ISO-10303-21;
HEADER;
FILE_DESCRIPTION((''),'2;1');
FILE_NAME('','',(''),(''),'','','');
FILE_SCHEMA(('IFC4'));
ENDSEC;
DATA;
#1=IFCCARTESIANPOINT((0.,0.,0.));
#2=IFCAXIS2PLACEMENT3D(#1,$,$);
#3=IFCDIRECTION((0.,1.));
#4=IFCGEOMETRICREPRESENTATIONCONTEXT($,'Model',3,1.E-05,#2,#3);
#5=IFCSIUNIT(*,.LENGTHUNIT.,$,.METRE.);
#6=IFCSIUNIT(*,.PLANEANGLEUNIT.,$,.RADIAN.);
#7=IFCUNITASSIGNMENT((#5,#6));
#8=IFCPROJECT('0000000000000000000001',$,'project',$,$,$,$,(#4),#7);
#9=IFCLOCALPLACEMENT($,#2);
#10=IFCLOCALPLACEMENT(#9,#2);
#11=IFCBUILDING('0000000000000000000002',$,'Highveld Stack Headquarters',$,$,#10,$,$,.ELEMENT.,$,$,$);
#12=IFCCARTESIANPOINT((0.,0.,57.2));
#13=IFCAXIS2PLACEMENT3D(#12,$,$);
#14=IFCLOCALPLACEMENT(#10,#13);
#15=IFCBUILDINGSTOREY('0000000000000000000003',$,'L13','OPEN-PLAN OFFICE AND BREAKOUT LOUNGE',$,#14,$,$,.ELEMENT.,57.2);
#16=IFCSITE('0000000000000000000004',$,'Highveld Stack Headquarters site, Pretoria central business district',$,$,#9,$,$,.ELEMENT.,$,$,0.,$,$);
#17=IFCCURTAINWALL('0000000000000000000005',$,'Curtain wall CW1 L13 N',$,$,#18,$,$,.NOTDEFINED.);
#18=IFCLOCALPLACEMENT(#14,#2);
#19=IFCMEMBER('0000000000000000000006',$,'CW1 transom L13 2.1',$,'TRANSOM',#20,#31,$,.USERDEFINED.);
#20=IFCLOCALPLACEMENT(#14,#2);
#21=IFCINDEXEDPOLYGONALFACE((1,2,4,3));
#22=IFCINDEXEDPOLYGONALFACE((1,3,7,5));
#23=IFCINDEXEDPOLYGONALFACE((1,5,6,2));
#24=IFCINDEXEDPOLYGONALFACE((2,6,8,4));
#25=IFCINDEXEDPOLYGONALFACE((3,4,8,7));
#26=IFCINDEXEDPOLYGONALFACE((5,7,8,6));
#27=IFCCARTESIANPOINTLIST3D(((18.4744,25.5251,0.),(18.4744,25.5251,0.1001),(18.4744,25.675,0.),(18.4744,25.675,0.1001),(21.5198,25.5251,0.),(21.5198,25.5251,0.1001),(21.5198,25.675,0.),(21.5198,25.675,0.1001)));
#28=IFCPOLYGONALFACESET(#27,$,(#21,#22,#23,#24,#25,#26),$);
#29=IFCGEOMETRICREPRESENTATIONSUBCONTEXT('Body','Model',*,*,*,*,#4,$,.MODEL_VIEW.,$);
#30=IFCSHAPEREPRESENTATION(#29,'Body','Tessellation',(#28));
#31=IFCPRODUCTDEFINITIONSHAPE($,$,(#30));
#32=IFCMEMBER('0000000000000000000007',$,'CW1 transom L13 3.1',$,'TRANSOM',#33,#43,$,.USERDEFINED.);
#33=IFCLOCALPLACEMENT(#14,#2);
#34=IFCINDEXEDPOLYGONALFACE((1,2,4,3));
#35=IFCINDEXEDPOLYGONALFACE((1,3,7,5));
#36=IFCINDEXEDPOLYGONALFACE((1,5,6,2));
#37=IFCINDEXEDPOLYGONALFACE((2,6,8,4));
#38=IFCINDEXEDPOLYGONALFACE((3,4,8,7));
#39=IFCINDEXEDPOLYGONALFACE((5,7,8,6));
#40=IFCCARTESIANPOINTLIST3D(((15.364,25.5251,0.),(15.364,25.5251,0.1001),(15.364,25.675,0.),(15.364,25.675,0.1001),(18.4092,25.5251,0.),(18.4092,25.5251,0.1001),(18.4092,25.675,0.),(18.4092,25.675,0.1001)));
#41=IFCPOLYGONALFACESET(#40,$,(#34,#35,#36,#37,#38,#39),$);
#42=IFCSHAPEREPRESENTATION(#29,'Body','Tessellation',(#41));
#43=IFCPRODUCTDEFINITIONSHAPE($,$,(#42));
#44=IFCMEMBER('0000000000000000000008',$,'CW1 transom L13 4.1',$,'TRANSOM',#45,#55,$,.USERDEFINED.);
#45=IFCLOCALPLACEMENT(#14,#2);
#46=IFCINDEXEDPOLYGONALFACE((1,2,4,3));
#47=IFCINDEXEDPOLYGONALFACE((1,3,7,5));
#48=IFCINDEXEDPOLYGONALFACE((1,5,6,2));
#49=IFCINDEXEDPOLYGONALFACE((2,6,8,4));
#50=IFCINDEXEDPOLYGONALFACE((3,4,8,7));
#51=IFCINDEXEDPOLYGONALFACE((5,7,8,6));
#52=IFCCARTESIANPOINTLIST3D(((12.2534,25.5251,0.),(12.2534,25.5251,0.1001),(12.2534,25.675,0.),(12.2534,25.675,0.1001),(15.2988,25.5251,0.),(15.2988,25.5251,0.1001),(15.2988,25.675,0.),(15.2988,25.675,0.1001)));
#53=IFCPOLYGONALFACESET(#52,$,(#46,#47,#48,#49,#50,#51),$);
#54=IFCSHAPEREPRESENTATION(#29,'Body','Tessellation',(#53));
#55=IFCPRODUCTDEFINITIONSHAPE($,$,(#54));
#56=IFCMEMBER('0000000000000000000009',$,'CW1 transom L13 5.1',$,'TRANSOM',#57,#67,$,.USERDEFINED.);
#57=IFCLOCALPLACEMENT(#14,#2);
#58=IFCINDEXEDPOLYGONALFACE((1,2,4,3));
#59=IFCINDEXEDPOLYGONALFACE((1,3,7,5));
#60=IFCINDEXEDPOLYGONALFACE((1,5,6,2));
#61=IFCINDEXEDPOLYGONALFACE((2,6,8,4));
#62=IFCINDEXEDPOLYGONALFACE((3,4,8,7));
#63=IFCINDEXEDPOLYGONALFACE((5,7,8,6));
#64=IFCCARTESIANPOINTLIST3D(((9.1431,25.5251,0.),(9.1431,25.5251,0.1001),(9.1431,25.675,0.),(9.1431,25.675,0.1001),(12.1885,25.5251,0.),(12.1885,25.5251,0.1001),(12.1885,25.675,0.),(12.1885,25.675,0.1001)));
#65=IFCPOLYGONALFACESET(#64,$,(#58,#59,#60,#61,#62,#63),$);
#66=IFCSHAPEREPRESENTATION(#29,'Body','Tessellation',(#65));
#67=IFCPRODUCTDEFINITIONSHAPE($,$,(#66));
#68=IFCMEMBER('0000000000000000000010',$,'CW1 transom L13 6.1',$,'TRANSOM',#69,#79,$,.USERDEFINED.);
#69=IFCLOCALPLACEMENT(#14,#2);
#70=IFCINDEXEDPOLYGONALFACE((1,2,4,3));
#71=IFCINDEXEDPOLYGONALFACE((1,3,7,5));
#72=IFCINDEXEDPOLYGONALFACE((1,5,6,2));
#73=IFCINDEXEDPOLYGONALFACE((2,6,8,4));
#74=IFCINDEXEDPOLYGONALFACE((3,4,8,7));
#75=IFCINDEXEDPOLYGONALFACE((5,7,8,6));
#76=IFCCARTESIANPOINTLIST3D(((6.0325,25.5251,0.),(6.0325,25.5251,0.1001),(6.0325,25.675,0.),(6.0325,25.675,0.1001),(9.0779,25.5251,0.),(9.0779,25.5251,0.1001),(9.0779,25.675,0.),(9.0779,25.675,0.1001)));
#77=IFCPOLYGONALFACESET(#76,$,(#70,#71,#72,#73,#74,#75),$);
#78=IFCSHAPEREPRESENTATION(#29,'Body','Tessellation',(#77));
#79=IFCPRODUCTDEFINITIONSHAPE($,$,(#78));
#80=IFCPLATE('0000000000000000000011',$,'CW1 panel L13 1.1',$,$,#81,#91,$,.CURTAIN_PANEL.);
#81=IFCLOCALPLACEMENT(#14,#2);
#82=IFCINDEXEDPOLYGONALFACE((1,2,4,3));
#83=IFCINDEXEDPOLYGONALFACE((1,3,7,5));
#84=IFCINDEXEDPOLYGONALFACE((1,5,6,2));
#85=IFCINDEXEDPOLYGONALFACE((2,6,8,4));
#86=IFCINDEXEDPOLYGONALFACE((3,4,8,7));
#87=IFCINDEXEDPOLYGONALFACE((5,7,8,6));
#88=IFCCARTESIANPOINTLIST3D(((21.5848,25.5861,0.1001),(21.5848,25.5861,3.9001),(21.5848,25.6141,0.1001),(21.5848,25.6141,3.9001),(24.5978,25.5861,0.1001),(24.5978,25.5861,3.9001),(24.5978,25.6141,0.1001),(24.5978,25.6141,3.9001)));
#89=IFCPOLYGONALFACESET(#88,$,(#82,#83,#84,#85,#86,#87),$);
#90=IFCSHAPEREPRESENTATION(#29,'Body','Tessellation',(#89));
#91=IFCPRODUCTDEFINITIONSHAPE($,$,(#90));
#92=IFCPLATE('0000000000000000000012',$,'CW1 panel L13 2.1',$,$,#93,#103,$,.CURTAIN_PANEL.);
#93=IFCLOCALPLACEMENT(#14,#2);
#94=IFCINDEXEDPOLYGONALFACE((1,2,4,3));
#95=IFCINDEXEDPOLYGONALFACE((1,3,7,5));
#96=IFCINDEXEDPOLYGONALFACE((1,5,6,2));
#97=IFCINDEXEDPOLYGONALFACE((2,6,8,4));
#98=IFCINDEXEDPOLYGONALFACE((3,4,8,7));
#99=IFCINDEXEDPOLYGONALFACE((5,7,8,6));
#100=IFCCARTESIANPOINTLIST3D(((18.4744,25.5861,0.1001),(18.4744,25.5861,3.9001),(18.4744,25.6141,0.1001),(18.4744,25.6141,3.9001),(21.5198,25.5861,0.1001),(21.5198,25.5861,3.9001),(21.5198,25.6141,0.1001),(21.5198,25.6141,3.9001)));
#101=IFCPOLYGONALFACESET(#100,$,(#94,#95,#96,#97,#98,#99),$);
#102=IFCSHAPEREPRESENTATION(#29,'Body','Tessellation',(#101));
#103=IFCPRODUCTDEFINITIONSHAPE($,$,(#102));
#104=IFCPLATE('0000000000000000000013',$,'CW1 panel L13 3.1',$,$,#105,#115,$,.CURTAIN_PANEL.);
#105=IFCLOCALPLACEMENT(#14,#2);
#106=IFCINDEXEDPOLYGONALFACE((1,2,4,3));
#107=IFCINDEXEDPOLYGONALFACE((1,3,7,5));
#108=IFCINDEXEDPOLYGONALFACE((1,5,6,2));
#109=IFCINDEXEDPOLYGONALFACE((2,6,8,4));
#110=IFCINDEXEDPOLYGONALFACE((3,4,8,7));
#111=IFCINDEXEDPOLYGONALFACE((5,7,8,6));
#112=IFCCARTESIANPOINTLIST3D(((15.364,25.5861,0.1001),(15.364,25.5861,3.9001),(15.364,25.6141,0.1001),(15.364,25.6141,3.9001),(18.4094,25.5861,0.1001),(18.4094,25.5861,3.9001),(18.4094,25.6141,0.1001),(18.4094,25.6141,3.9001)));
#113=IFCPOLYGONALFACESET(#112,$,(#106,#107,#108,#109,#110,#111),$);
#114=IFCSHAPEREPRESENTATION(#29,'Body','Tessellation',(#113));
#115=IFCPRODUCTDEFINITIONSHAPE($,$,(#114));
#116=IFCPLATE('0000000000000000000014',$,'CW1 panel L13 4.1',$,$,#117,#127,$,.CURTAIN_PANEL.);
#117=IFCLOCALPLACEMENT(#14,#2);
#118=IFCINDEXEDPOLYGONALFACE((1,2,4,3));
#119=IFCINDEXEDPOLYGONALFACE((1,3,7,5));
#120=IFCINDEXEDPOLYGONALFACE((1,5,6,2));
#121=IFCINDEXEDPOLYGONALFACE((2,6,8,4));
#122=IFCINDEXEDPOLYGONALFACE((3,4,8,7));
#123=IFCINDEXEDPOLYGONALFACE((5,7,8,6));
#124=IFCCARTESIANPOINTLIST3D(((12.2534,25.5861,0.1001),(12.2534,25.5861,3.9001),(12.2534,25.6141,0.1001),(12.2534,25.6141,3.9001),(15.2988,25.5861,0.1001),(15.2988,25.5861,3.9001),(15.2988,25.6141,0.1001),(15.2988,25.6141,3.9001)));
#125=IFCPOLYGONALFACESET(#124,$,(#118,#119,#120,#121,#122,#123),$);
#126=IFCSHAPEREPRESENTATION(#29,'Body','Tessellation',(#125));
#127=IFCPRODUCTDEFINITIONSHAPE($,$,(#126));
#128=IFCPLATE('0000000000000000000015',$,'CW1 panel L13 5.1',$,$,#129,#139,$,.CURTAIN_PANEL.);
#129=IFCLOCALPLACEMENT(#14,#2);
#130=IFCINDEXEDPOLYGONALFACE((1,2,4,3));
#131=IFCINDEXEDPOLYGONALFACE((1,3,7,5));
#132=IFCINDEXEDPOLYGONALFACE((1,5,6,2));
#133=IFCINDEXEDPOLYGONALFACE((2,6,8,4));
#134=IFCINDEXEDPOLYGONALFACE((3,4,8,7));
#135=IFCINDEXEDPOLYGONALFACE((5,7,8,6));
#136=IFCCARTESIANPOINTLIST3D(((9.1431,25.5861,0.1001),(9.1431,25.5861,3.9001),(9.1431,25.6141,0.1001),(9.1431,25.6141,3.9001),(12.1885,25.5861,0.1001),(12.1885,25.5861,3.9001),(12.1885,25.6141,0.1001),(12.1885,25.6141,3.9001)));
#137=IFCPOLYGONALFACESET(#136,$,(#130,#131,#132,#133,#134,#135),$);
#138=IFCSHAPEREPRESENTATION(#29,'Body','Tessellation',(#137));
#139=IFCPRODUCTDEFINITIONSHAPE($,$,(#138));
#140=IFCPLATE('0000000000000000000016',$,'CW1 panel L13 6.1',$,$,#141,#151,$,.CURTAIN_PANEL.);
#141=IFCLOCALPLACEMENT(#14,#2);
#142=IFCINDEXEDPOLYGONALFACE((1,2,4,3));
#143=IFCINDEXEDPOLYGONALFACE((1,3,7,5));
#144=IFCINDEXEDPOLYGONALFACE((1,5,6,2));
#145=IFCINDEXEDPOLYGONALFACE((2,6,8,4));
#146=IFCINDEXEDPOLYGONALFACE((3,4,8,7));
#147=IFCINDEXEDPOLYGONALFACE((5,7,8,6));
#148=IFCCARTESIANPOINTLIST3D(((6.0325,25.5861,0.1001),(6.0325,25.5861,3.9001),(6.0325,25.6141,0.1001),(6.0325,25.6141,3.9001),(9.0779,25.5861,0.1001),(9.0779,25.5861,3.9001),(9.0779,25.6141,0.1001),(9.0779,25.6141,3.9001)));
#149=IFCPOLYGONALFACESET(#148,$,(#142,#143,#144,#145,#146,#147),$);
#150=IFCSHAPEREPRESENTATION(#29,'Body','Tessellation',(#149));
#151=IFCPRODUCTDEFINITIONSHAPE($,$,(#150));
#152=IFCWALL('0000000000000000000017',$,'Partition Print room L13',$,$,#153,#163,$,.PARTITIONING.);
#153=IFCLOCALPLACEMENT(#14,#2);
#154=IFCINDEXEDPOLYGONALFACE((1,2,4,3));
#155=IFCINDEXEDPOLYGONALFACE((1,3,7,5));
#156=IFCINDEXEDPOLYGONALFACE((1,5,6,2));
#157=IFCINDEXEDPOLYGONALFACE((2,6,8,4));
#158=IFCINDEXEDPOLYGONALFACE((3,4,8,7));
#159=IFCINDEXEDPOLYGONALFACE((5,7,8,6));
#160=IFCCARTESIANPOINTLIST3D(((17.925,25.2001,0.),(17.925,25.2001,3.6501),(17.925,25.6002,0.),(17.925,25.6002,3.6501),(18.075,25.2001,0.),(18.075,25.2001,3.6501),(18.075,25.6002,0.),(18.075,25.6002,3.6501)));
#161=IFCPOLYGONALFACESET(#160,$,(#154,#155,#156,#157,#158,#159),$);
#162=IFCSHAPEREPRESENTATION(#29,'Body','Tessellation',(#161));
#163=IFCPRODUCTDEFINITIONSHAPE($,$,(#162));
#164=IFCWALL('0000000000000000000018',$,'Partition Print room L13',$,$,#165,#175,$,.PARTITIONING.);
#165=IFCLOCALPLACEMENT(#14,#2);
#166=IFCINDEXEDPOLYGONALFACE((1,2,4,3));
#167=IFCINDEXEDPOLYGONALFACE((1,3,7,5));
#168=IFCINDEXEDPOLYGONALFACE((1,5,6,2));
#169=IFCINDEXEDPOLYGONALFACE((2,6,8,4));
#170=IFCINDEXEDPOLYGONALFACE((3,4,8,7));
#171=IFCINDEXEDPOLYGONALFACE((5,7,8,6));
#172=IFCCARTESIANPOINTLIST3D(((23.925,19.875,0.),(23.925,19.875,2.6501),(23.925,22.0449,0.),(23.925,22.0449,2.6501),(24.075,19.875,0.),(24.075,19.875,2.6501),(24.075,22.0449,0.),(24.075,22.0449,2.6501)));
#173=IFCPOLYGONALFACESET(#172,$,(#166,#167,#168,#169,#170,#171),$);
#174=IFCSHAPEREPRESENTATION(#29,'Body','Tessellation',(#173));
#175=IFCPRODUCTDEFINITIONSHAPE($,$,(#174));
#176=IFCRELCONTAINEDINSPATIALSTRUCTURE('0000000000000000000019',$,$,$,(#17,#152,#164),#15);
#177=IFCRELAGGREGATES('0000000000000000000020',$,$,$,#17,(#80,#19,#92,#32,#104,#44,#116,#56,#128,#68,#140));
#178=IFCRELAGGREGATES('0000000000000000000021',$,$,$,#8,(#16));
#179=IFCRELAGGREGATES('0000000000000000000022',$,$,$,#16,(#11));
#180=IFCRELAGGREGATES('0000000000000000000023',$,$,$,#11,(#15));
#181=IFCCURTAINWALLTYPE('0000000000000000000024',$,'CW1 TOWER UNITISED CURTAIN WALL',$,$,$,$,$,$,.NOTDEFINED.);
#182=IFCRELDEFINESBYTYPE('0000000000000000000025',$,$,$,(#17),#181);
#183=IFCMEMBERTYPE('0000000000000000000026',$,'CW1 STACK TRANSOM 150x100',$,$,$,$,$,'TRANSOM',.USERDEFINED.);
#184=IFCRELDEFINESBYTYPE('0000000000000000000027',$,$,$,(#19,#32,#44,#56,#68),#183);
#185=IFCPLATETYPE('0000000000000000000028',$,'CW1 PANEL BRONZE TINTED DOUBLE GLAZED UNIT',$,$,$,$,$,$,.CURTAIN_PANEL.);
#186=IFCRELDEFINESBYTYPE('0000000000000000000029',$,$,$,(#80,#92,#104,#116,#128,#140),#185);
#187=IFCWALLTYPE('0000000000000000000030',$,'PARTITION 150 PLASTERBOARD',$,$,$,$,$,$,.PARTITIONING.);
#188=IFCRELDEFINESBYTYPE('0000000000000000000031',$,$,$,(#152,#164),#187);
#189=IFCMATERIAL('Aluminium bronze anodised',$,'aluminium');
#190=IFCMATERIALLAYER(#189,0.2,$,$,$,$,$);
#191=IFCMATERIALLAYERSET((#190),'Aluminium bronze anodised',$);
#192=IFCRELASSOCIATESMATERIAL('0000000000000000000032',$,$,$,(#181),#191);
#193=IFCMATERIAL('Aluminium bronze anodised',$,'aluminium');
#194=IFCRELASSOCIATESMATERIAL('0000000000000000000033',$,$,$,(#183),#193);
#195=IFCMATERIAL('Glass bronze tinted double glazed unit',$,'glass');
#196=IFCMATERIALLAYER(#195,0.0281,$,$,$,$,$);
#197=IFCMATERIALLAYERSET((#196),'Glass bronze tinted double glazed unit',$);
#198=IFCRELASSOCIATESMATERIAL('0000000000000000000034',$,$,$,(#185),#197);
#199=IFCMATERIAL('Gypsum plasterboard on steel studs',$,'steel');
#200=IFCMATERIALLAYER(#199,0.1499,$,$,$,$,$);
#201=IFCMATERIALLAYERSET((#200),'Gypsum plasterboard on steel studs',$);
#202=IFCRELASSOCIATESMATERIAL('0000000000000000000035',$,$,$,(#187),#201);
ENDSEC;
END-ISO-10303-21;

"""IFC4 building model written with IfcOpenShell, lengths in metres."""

from ifc_helpers import new_model, si_unit, direction, frame, frame_2d, origin, origin_2d, place, context, subcontext, project, spatial, rectangle, extrude, material, layer, layer_set, material_profile, profile_set, type_object, element, aggregate, save


model = new_model("IFC4")

# Units and contexts
model_context = context("Model", 3, precision=1e-05, world=origin(), true_north=direction((0.0, 1.0)))
body_context = subcontext(model_context, "Body", "Model", "MODEL_VIEW")
ifc_project = project(units=[si_unit("LENGTHUNIT", "METRE"), si_unit("PLANEANGLEUNIT", "RADIAN")], contexts=[model_context])

# Site, building, storey
site_placement = place(None, origin())
site = spatial("IfcSite", under=ifc_project, at=site_placement, Name="Highveld Stack Headquarters site, Pretoria central business district", CompositionType="ELEMENT", RefElevation=0.0)
building_placement = place(site_placement, origin())
building = spatial("IfcBuilding", under=site, at=building_placement, Name="Highveld Stack Headquarters", CompositionType="ELEMENT")
storey_placement = place(building_placement, frame((0.0, 0.0, 57.2)))
storey = spatial("IfcBuildingStorey", under=building, at=storey_placement, Name="L13", Description="OPEN-PLAN OFFICE AND BREAKOUT LOUNGE", CompositionType="ELEMENT", Elevation=57.2)

# Curtain wall, members, plates
ifc_material_1 = material(Name="Aluminium bronze anodised", Category="aluminium")
ifc_layer_1 = layer(ifc_material_1, 0.2)
ifc_layer_set_1 = layer_set([ifc_layer_1], Name="Aluminium bronze anodised")
curtain_wall_type = type_object("IfcCurtainWallType", Name="CW1 TOWER UNITISED CURTAIN WALL", PredefinedType="NOTDEFINED", material=ifc_layer_set_1)
curtain_wall_placement = place(storey_placement, origin())
curtain_wall = element("IfcCurtainWall", 1, at=curtain_wall_placement, inside=storey, type_object=curtain_wall_type, Name="Curtain wall CW1 L13 N", PredefinedType="NOTDEFINED")
ifc_material_2 = material(Name="Aluminium bronze anodised", Category="aluminium")
ifc_material_profile_1 = material_profile(ifc_material_2, rectangle(XDim=0.1499, YDim=0.1001, at=origin_2d()), Name="CW1 TRANSOM 150x100")
ifc_profile_set_1 = profile_set([ifc_material_profile_1], Name="Aluminium bronze anodised")
member_type_1 = type_object("IfcMemberType", Name="CW1 STACK TRANSOM 150x100", ElementType="TRANSOM", PredefinedType="USERDEFINED", material=ifc_profile_set_1)
member_1_placement = place(storey_placement, frame((21.5198, 25.6001, 0.05), z_axis=(-1.0, 0.0, 0.0), x_axis=(0.0, -1.0, 0.0)))
member_1 = element("IfcMember", 2, at=member_1_placement, type_object=member_type_1, Name="CW1 transom L13 2.1", ObjectType="TRANSOM", PredefinedType="USERDEFINED", context=body_context, shape_type="SweptSolid", body=[
    extrude(rectangle(XDim=0.1499, YDim=0.1001, at=origin_2d()), origin(), (0.0, 0.0, 1.0), 3.0454),
])
member_2_placement = place(storey_placement, frame((18.4092, 25.6001, 0.05), z_axis=(-1.0, 0.0, 0.0), x_axis=(0.0, -1.0, 0.0)))
member_2 = element("IfcMember", 3, at=member_2_placement, type_object=member_type_1, Name="CW1 transom L13 3.1", ObjectType="TRANSOM", PredefinedType="USERDEFINED", context=body_context, shape_type="SweptSolid", body=[
    extrude(rectangle(XDim=0.1499, YDim=0.1001, at=origin_2d()), origin(), (0.0, 0.0, 1.0), 3.0452),
])
member_3_placement = place(storey_placement, frame((15.2988, 25.6001, 0.05), z_axis=(-1.0, 0.0, 0.0), x_axis=(0.0, -1.0, 0.0)))
member_3 = element("IfcMember", 4, at=member_3_placement, type_object=member_type_1, Name="CW1 transom L13 4.1", ObjectType="TRANSOM", PredefinedType="USERDEFINED", context=body_context, shape_type="SweptSolid", body=[
    extrude(rectangle(XDim=0.1499, YDim=0.1001, at=origin_2d()), origin(), (0.0, 0.0, 1.0), 3.0454),
])
member_4_placement = place(storey_placement, frame((12.1885, 25.6001, 0.05), z_axis=(-1.0, 0.0, 0.0), x_axis=(0.0, -1.0, 0.0)))
member_4 = element("IfcMember", 5, at=member_4_placement, type_object=member_type_1, Name="CW1 transom L13 5.1", ObjectType="TRANSOM", PredefinedType="USERDEFINED", context=body_context, shape_type="SweptSolid", body=[
    extrude(rectangle(XDim=0.1499, YDim=0.1001, at=origin_2d()), origin(), (0.0, 0.0, 1.0), 3.0454),
])
member_5_placement = place(storey_placement, frame((9.0779, 25.6001, 0.05), z_axis=(-1.0, 0.0, 0.0), x_axis=(0.0, -1.0, 0.0)))
member_5 = element("IfcMember", 6, at=member_5_placement, type_object=member_type_1, Name="CW1 transom L13 6.1", ObjectType="TRANSOM", PredefinedType="USERDEFINED", context=body_context, shape_type="SweptSolid", body=[
    extrude(rectangle(XDim=0.1499, YDim=0.1001, at=origin_2d()), origin(), (0.0, 0.0, 1.0), 3.0454),
])
ifc_material_3 = material(Name="Glass bronze tinted double glazed unit", Category="glass")
ifc_layer_2 = layer(ifc_material_3, 0.0281)
ifc_layer_set_2 = layer_set([ifc_layer_2], Name="Glass bronze tinted double glazed unit")
plate_type = type_object("IfcPlateType", Name="CW1 PANEL BRONZE TINTED DOUBLE GLAZED UNIT", PredefinedType="CURTAIN_PANEL", material=ifc_layer_set_2)
plate_1_placement = place(storey_placement, frame((23.0913, 25.6001, 0.1001), z_axis=(0.0, 0.0, 1.0), x_axis=(-1.0, 0.0, 0.0)))
plate_1 = element("IfcPlate", 7, at=plate_1_placement, type_object=plate_type, Name="CW1 panel L13 1.1", PredefinedType="CURTAIN_PANEL", context=body_context, shape_type="SweptSolid", body=[
    extrude(rectangle(XDim=3.0129, YDim=0.0281, at=origin_2d()), origin(), (0.0, 0.0, 1.0), 3.8),
])
plate_2_placement = place(storey_placement, frame((19.9971, 25.6001, 0.1001), z_axis=(0.0, 0.0, 1.0), x_axis=(-1.0, 0.0, 0.0)))
plate_2 = element("IfcPlate", 8, at=plate_2_placement, type_object=plate_type, Name="CW1 panel L13 2.1", PredefinedType="CURTAIN_PANEL", context=body_context, shape_type="SweptSolid", body=[
    extrude(rectangle(XDim=3.0454, YDim=0.0281, at=origin_2d()), origin(), (0.0, 0.0, 1.0), 3.8),
])
plate_3_placement = place(storey_placement, frame((16.8867, 25.6001, 0.1001), z_axis=(0.0, 0.0, 1.0), x_axis=(-1.0, 0.0, 0.0)))
plate_3 = element("IfcPlate", 9, at=plate_3_placement, type_object=plate_type, Name="CW1 panel L13 3.1", PredefinedType="CURTAIN_PANEL", context=body_context, shape_type="SweptSolid", body=[
    extrude(rectangle(XDim=3.0454, YDim=0.0281, at=origin_2d()), origin(), (0.0, 0.0, 1.0), 3.8),
])
plate_4_placement = place(storey_placement, frame((13.7761, 25.6001, 0.1001), z_axis=(0.0, 0.0, 1.0), x_axis=(-1.0, 0.0, 0.0)))
plate_4 = element("IfcPlate", 10, at=plate_4_placement, type_object=plate_type, Name="CW1 panel L13 4.1", PredefinedType="CURTAIN_PANEL", context=body_context, shape_type="SweptSolid", body=[
    extrude(rectangle(XDim=3.0454, YDim=0.0281, at=origin_2d()), origin(), (0.0, 0.0, 1.0), 3.8),
])
plate_5_placement = place(storey_placement, frame((10.6658, 25.6001, 0.1001), z_axis=(0.0, 0.0, 1.0), x_axis=(-1.0, 0.0, 0.0)))
plate_5 = element("IfcPlate", 11, at=plate_5_placement, type_object=plate_type, Name="CW1 panel L13 5.1", PredefinedType="CURTAIN_PANEL", context=body_context, shape_type="SweptSolid", body=[
    extrude(rectangle(XDim=3.0454, YDim=0.0281, at=origin_2d()), origin(), (0.0, 0.0, 1.0), 3.8),
])
plate_6_placement = place(storey_placement, frame((7.5552, 25.6001, 0.1001), z_axis=(0.0, 0.0, 1.0), x_axis=(-1.0, 0.0, 0.0)))
plate_6 = element("IfcPlate", 12, at=plate_6_placement, type_object=plate_type, Name="CW1 panel L13 6.1", PredefinedType="CURTAIN_PANEL", context=body_context, shape_type="SweptSolid", body=[
    extrude(rectangle(XDim=3.0454, YDim=0.0281, at=origin_2d()), origin(), (0.0, 0.0, 1.0), 3.8),
])
aggregate(curtain_wall, [plate_1, member_1, plate_2, member_2, plate_3, member_3, plate_4, member_4, plate_5, member_5, plate_6])

# Walls
ifc_material_4 = material(Name="Gypsum plasterboard on steel studs", Category="steel")
ifc_layer_3 = layer(ifc_material_4, 0.1499)
ifc_layer_set_3 = layer_set([ifc_layer_3], Name="Gypsum plasterboard on steel studs")
wall_type = type_object("IfcWallType", Name="PARTITION 150 PLASTERBOARD", PredefinedType="PARTITIONING", material=ifc_layer_set_3)
wall_1_placement = place(storey_placement, frame((18.0, 25.2, 0.0), z_axis=(0.0, 0.0, 1.0), x_axis=(0.0, 1.0, 0.0)))
element("IfcWall", 13, at=wall_1_placement, inside=storey, type_object=wall_type, Name="Partition Print room L13", PredefinedType="PARTITIONING", context=body_context, shape_type="SweptSolid", body=[
    extrude(rectangle(XDim=0.4001, YDim=0.1499, at=frame_2d((0.2002, 0.0))), origin(), (0.0, 0.0, 1.0), 3.6501),
])
wall_2_placement = place(storey_placement, frame((24.0, 19.875, 0.0), z_axis=(0.0, 0.0, 1.0), x_axis=(0.0, 1.0, 0.0)))
element("IfcWall", 14, at=wall_2_placement, inside=storey, type_object=wall_type, Name="Partition Print room L13", PredefinedType="PARTITIONING", context=body_context, shape_type="SweptSolid", body=[
    extrude(rectangle(XDim=2.1699, YDim=0.1499, at=frame_2d((1.085, 0.0))), origin(), (0.0, 0.0, 1.0), 2.6501),
])

save(model, "model.ifc")
